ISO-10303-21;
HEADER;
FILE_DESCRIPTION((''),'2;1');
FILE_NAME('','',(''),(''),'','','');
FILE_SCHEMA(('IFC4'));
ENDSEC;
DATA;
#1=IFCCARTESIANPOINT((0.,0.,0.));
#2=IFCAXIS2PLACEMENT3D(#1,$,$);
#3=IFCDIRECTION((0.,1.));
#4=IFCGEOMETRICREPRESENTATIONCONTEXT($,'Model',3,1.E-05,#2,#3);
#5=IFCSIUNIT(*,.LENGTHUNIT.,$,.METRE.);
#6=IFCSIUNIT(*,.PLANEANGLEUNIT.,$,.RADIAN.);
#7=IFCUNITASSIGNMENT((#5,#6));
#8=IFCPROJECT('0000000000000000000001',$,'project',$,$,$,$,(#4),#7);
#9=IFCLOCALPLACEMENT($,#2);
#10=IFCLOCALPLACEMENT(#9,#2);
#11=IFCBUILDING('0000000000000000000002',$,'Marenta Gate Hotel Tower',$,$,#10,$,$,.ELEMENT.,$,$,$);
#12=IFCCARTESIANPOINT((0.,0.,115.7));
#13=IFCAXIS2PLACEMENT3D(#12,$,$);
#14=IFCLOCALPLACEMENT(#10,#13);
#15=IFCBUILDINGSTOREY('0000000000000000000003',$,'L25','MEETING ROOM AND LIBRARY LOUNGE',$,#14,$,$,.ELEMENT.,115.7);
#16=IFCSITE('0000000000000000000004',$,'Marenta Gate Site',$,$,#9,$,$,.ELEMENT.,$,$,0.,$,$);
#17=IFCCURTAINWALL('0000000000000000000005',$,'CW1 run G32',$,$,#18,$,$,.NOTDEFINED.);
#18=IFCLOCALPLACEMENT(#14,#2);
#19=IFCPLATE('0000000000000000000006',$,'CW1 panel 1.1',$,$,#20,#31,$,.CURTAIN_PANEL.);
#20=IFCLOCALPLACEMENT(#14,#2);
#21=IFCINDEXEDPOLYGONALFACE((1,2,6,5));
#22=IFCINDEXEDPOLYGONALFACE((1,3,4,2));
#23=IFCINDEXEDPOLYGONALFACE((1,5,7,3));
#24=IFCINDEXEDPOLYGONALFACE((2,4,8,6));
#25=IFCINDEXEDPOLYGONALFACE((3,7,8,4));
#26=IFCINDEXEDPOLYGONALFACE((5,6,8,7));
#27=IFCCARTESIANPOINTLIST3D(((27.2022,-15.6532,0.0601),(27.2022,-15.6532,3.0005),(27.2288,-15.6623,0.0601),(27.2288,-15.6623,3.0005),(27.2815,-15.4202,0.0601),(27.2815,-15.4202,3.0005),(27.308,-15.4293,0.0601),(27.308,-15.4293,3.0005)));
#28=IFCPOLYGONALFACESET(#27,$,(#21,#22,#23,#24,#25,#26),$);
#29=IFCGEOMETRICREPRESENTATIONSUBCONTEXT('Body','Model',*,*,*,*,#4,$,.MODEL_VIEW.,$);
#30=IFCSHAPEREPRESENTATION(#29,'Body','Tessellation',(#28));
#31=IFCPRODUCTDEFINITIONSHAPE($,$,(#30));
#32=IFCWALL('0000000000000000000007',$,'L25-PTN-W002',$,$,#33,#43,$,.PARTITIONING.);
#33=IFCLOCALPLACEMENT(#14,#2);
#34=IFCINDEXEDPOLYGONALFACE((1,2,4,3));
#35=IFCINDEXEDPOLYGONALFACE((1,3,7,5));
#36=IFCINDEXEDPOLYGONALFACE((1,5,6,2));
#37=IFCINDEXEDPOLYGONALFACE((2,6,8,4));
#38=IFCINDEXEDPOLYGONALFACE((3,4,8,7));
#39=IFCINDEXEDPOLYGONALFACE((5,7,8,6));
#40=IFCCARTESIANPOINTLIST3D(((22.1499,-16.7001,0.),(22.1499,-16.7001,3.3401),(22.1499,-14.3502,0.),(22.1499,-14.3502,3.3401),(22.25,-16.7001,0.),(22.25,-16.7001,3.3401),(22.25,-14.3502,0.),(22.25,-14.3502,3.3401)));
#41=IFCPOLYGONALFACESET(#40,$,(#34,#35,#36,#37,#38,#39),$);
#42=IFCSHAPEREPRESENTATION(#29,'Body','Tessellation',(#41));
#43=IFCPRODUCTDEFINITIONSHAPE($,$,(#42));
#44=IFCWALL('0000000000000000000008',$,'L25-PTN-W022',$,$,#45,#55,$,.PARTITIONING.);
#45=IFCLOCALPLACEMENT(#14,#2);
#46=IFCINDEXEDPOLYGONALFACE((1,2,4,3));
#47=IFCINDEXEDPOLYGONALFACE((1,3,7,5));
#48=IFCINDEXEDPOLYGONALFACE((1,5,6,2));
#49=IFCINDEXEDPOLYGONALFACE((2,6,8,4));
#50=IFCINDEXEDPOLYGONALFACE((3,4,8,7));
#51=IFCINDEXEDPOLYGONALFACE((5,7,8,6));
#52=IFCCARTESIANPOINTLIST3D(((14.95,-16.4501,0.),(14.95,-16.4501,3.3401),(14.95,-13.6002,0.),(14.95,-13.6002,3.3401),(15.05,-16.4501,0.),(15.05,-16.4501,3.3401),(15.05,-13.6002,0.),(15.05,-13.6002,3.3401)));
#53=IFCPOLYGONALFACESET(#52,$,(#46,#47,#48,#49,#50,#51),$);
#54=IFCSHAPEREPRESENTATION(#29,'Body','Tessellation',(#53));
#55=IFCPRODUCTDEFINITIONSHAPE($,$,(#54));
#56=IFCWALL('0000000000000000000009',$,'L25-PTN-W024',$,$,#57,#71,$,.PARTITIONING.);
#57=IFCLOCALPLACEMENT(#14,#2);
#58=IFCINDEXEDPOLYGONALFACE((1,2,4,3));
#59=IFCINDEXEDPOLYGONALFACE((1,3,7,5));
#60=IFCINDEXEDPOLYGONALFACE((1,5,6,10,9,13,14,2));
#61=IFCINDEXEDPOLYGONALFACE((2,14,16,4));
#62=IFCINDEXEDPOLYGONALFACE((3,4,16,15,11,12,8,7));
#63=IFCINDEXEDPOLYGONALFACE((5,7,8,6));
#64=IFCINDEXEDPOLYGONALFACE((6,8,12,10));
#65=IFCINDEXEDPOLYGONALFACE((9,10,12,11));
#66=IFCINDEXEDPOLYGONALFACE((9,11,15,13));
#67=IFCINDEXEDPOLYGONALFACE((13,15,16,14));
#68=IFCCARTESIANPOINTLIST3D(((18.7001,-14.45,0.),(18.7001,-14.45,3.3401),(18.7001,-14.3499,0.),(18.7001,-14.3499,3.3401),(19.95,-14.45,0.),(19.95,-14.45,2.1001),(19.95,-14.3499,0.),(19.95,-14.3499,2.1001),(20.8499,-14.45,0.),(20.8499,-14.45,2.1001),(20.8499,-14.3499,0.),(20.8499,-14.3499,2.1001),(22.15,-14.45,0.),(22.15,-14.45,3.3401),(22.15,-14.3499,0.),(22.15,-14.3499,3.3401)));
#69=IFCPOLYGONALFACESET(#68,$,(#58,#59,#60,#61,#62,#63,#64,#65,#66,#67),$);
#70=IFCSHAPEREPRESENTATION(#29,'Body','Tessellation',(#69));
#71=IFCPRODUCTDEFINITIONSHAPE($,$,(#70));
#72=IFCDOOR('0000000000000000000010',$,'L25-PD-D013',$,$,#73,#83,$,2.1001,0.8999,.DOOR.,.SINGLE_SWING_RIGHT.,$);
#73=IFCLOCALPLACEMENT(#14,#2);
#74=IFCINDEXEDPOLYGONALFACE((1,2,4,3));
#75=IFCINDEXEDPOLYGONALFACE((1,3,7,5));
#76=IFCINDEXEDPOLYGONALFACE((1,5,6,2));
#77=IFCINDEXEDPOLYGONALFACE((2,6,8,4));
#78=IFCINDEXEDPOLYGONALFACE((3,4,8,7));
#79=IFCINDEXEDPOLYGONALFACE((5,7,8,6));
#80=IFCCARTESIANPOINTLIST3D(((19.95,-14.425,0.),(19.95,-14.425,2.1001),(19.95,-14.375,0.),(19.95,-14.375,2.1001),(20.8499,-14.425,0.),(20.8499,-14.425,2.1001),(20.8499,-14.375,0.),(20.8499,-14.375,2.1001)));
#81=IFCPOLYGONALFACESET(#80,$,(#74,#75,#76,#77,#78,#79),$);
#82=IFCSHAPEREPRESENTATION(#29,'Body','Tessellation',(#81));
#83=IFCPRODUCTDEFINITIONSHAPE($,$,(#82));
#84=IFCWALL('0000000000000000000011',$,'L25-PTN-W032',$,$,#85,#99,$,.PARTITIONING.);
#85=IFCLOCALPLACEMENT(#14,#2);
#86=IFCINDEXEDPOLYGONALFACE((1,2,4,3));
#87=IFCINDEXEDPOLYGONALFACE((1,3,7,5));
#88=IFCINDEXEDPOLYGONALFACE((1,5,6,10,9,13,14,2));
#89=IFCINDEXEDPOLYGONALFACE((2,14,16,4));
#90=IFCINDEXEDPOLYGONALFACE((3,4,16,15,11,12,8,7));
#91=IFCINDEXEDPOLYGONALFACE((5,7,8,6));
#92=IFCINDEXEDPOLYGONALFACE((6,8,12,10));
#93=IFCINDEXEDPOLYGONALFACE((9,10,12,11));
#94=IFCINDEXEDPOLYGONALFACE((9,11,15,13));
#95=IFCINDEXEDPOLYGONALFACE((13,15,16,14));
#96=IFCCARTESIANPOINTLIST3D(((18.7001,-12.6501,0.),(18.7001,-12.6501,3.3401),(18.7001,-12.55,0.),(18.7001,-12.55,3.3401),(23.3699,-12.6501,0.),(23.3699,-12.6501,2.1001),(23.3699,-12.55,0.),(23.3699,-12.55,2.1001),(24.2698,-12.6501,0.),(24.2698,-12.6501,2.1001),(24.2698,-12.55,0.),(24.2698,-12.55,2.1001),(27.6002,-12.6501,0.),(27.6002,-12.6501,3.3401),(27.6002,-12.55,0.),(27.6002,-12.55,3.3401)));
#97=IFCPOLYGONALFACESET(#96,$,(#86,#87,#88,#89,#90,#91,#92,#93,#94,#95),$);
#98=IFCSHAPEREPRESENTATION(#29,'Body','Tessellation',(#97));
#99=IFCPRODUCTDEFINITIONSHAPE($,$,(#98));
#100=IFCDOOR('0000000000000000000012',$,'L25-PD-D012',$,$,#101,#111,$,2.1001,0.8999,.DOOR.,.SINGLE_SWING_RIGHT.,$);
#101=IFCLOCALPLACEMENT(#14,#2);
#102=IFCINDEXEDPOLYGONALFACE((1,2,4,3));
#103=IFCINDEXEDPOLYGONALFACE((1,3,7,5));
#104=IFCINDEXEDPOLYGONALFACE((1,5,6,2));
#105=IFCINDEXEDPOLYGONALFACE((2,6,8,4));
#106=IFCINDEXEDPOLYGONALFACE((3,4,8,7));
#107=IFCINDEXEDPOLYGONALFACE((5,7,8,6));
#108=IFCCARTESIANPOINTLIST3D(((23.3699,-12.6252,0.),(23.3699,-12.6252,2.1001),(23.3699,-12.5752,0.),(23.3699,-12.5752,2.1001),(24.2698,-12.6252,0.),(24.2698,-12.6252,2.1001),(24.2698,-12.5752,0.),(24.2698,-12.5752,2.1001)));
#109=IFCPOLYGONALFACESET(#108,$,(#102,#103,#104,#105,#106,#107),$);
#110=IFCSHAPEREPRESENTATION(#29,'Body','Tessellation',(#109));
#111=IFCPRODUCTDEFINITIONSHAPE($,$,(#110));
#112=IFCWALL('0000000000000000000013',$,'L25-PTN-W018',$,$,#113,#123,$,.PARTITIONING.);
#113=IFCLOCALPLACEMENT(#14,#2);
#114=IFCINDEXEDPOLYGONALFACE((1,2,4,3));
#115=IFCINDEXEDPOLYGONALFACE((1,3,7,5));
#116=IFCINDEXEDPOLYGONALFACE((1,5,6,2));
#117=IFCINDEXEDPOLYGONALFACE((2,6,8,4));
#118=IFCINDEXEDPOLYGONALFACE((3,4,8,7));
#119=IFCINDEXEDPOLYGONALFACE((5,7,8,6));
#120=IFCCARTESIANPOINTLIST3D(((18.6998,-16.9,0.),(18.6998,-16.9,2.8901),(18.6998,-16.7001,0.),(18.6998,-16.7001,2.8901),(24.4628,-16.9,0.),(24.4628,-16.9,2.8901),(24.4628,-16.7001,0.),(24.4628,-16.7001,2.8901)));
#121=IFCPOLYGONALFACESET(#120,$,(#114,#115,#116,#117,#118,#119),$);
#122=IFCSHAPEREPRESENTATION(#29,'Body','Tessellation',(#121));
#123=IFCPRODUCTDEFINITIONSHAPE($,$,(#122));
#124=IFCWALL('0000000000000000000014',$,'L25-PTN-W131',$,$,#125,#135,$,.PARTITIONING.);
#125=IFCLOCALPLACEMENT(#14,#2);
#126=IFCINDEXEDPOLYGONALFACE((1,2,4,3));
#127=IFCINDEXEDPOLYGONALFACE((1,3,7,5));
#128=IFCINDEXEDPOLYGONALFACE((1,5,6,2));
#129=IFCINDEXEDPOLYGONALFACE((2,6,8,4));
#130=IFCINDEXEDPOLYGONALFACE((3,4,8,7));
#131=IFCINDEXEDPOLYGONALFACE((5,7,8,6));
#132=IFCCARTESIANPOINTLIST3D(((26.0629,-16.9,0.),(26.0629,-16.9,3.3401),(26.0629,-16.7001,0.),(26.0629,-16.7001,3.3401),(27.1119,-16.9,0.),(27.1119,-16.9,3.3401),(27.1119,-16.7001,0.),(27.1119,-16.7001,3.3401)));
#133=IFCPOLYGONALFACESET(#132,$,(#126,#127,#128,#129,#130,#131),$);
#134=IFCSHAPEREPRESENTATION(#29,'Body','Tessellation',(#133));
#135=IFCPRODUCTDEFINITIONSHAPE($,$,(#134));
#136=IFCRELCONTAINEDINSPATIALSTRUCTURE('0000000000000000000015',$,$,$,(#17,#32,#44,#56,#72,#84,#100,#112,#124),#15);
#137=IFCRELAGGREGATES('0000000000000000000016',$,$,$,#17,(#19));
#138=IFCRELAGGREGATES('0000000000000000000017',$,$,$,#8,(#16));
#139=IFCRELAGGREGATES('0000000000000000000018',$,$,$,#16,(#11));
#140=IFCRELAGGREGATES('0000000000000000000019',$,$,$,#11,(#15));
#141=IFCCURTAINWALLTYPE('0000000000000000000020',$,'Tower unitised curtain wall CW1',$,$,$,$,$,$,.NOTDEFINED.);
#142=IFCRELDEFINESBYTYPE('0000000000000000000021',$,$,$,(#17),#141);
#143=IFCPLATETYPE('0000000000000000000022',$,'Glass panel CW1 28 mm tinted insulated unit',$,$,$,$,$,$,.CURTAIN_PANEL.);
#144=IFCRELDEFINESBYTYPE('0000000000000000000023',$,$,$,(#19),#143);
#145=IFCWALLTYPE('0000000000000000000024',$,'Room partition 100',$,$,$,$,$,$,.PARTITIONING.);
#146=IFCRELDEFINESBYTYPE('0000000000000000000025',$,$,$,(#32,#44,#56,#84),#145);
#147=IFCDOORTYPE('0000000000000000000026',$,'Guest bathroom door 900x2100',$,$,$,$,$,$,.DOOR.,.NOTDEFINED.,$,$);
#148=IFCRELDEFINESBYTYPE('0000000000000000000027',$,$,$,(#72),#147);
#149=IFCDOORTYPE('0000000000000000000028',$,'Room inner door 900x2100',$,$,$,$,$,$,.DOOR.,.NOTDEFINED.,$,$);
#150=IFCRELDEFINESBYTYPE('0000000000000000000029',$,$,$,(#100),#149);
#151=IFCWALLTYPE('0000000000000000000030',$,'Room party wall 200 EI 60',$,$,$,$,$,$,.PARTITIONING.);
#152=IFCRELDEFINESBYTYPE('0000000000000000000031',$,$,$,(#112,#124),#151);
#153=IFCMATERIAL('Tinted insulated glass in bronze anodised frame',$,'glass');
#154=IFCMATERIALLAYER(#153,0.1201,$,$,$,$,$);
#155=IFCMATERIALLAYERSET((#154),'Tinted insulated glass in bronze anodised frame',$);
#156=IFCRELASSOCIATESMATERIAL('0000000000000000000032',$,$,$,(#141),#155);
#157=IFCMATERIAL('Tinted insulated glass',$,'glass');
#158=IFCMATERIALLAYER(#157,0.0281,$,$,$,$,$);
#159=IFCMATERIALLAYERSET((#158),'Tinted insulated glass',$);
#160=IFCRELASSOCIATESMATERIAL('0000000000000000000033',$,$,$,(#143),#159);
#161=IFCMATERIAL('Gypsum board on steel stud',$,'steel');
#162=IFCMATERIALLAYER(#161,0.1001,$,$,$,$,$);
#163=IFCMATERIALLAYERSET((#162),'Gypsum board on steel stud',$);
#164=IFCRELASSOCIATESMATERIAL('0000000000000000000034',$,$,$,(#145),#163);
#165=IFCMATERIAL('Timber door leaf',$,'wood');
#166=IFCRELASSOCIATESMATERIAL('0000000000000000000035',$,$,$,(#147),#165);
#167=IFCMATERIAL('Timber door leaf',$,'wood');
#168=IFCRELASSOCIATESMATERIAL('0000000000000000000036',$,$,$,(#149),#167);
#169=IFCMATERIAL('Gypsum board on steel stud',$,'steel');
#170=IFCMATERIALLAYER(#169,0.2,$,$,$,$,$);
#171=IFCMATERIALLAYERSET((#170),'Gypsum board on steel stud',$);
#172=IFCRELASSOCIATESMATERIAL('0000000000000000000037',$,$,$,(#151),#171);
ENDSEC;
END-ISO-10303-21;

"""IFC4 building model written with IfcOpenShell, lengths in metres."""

from ifc_helpers import new_model, si_unit, direction, frame, frame_2d, origin, origin_2d, place, context, subcontext, project, spatial, rectangle, extrude, material, layer, layer_set, type_object, element, fill, aggregate, save


model = new_model("IFC4")

# Units and contexts
model_context = context("Model", 3, precision=1e-05, world=origin(), true_north=direction((0.0, 1.0)))
body_context = subcontext(model_context, "Body", "Model", "MODEL_VIEW")
ifc_project = project(units=[si_unit("LENGTHUNIT", "METRE"), si_unit("PLANEANGLEUNIT", "RADIAN")], contexts=[model_context])

# Site, building, storey
site_placement = place(None, origin())
site = spatial("IfcSite", under=ifc_project, at=site_placement, Name="Marenta Gate Site", CompositionType="ELEMENT", RefElevation=0.0)
building_placement = place(site_placement, origin())
building = spatial("IfcBuilding", under=site, at=building_placement, Name="Marenta Gate Hotel Tower", CompositionType="ELEMENT")
storey_placement = place(building_placement, frame((0.0, 0.0, 115.7)))
storey = spatial("IfcBuildingStorey", under=building, at=storey_placement, Name="L25", Description="MEETING ROOM AND LIBRARY LOUNGE", CompositionType="ELEMENT", Elevation=115.7)

# Curtain wall
ifc_material_1 = material(Name="Tinted insulated glass in bronze anodised frame", Category="glass")
ifc_layer_1 = layer(ifc_material_1, 0.1201)
ifc_layer_set_1 = layer_set([ifc_layer_1], Name="Tinted insulated glass in bronze anodised frame")
curtain_wall_type = type_object("IfcCurtainWallType", Name="Tower unitised curtain wall CW1", PredefinedType="NOTDEFINED", material=ifc_layer_set_1)
curtain_wall_1_placement = place(storey_placement, origin())
curtain_wall_1 = element("IfcCurtainWall", 1, at=curtain_wall_1_placement, inside=storey, type_object=curtain_wall_type, Name="CW1 run G32", PredefinedType="NOTDEFINED")

# Shared definitions
ifc_material_2 = material(Name="Tinted insulated glass", Category="glass")
ifc_layer_2 = layer(ifc_material_2, 0.0281)
ifc_layer_set_2 = layer_set([ifc_layer_2], Name="Tinted insulated glass")
plate_type = type_object("IfcPlateType", Name="Glass panel CW1 28 mm tinted insulated unit", PredefinedType="CURTAIN_PANEL", material=ifc_layer_set_2)

# Plate
plate_1_placement = place(storey_placement, frame((27.2551, -15.5413, 0.0601), z_axis=(0.0, 0.0, 1.0), x_axis=(0.32204, 0.946726, 0.0)))
plate_1 = element("IfcPlate", 2, at=plate_1_placement, type_object=plate_type, Name="CW1 panel 1.1", PredefinedType="CURTAIN_PANEL", context=body_context, shape_type="SweptSolid", body=[
    extrude(rectangle(XDim=0.2461, YDim=0.0281, at=origin_2d()), origin(), (0.0, 0.0, 1.0), 2.9404),
])
aggregate(curtain_wall_1, [plate_1])

# Walls
ifc_material_3 = material(Name="Gypsum board on steel stud", Category="steel")
ifc_layer_3 = layer(ifc_material_3, 0.1001)
ifc_layer_set_3 = layer_set([ifc_layer_3], Name="Gypsum board on steel stud")
wall_type_1 = type_object("IfcWallType", Name="Room partition 100", PredefinedType="PARTITIONING", material=ifc_layer_set_3)
wall_1_placement = place(storey_placement, frame((22.2, -16.7, 0.0), z_axis=(0.0, 0.0, 1.0), x_axis=(0.0, 1.0, 0.0)))
element("IfcWall", 3, at=wall_1_placement, inside=storey, type_object=wall_type_1, Name="L25-PTN-W002", PredefinedType="PARTITIONING", context=body_context, shape_type="SweptSolid", body=[
    extrude(rectangle(XDim=2.3499, YDim=0.1001, at=frame_2d((1.1748, 0.0))), origin(), (0.0, 0.0, 1.0), 3.3401),
])
wall_2_placement = place(storey_placement, frame((15.0, -16.45, 0.0), z_axis=(0.0, 0.0, 1.0), x_axis=(0.0, 1.0, 0.0)))
element("IfcWall", 4, at=wall_2_placement, inside=storey, type_object=wall_type_1, Name="L25-PTN-W022", PredefinedType="PARTITIONING", context=body_context, shape_type="SweptSolid", body=[
    extrude(rectangle(XDim=2.8499, YDim=0.1001, at=frame_2d((1.4248, 0.0))), origin(), (0.0, 0.0, 1.0), 3.3401),
])

# Walls, openings, doors
wall_3_placement = place(storey_placement, frame((18.7, -14.3999, 0.0), z_axis=(0.0, 0.0, 1.0), x_axis=(1.0, 0.0, 0.0)))
wall_3 = element("IfcWall", 5, at=wall_3_placement, inside=storey, type_object=wall_type_1, Name="L25-PTN-W024", PredefinedType="PARTITIONING", context=body_context, shape_type="SweptSolid", body=[
    extrude(rectangle(XDim=3.45, YDim=0.1001, at=frame_2d((1.7251, 0.0))), origin(), (0.0, 0.0, 1.0), 3.3401),
])
opening_1_placement = place(wall_3_placement, frame((1.25, 0.0, 0.0)))
opening_1 = element("IfcOpeningElement", 6, at=opening_1_placement, cuts=wall_3, PredefinedType="OPENING", context=body_context, shape_type="SweptSolid", body=[
    extrude(rectangle(XDim=0.8999, YDim=2.1001, at=frame_2d((0.45, 1.05))), frame((0.0, 0.05, 0.0), z_axis=(0.0, -1.0, 0.0), x_axis=(1.0, 0.0, 0.0)), (0.0, 0.0, 1.0), 0.1001),
])
ifc_material_4 = material(Name="Timber door leaf", Category="wood")
door_type_1 = type_object("IfcDoorType", Name="Guest bathroom door 900x2100", OperationType="NOTDEFINED", PredefinedType="DOOR", material=ifc_material_4)
door_1_placement = place(opening_1_placement, origin())
door_1 = element("IfcDoor", 7, at=door_1_placement, inside=storey, type_object=door_type_1, Name="L25-PD-D013", OperationType="SINGLE_SWING_RIGHT", OverallHeight=2.1001, OverallWidth=0.8999, PredefinedType="DOOR", context=body_context, shape_type="SweptSolid", body=[
    extrude(rectangle(XDim=0.8999, YDim=2.1001, at=frame_2d((0.45, 1.05))), frame((0.0, 0.0249, 0.0), z_axis=(0.0, -1.0, 0.0), x_axis=(1.0, 0.0, 0.0)), (0.0, 0.0, 1.0), 0.05),
])
fill(opening_1, door_1)
wall_4_placement = place(storey_placement, frame((18.7, -12.6001, 0.0), z_axis=(0.0, 0.0, 1.0), x_axis=(1.0, 0.0, 0.0)))
wall_4 = element("IfcWall", 8, at=wall_4_placement, inside=storey, type_object=wall_type_1, Name="L25-PTN-W032", PredefinedType="PARTITIONING", context=body_context, shape_type="SweptSolid", body=[
    extrude(rectangle(XDim=8.9001, YDim=0.1001, at=frame_2d((4.4502, 0.0))), origin(), (0.0, 0.0, 1.0), 3.3401),
])
opening_2_placement = place(wall_4_placement, frame((4.6699, 0.0, 0.0)))
opening_2 = element("IfcOpeningElement", 9, at=opening_2_placement, cuts=wall_4, PredefinedType="OPENING", context=body_context, shape_type="SweptSolid", body=[
    extrude(rectangle(XDim=0.8999, YDim=2.1001, at=frame_2d((0.45, 1.05))), frame((0.0, 0.05, 0.0), z_axis=(0.0, -1.0, 0.0), x_axis=(1.0, 0.0, 0.0)), (0.0, 0.0, 1.0), 0.1001),
])
ifc_material_5 = material(Name="Timber door leaf", Category="wood")
door_type_2 = type_object("IfcDoorType", Name="Room inner door 900x2100", OperationType="NOTDEFINED", PredefinedType="DOOR", material=ifc_material_5)
door_2_placement = place(opening_2_placement, origin())
door_2 = element("IfcDoor", 10, at=door_2_placement, inside=storey, type_object=door_type_2, Name="L25-PD-D012", OperationType="SINGLE_SWING_RIGHT", OverallHeight=2.1001, OverallWidth=0.8999, PredefinedType="DOOR", context=body_context, shape_type="SweptSolid", body=[
    extrude(rectangle(XDim=0.8999, YDim=2.1001, at=frame_2d((0.45, 1.05))), frame((0.0, 0.0249, 0.0), z_axis=(0.0, -1.0, 0.0), x_axis=(1.0, 0.0, 0.0)), (0.0, 0.0, 1.0), 0.05),
])
fill(opening_2, door_2)

# Walls
ifc_material_6 = material(Name="Gypsum board on steel stud", Category="steel")
ifc_layer_4 = layer(ifc_material_6, 0.2)
ifc_layer_set_4 = layer_set([ifc_layer_4], Name="Gypsum board on steel stud")
wall_type_2 = type_object("IfcWallType", Name="Room party wall 200 EI 60", PredefinedType="PARTITIONING", material=ifc_layer_set_4)
wall_5_placement = place(storey_placement, frame((18.7, -16.8, 0.0), z_axis=(0.0, 0.0, 1.0), x_axis=(1.0, 0.0, 0.0)))
element("IfcWall", 11, at=wall_5_placement, inside=storey, type_object=wall_type_2, Name="L25-PTN-W018", PredefinedType="PARTITIONING", context=body_context, shape_type="SweptSolid", body=[
    extrude(rectangle(XDim=5.7629, YDim=0.2, at=frame_2d((2.8813, 0.0))), origin(), (0.0, 0.0, 1.0), 2.8901),
])
wall_6_placement = place(storey_placement, frame((26.063, -16.8, 0.0), z_axis=(0.0, 0.0, 1.0), x_axis=(1.0, 0.0, 0.0)))
element("IfcWall", 12, at=wall_6_placement, inside=storey, type_object=wall_type_2, Name="L25-PTN-W131", PredefinedType="PARTITIONING", context=body_context, shape_type="SweptSolid", body=[
    extrude(rectangle(XDim=1.0491, YDim=0.2, at=frame_2d((0.5244, 0.0))), origin(), (0.0, 0.0, 1.0), 3.3401),
])

save(model, "model.ifc")
